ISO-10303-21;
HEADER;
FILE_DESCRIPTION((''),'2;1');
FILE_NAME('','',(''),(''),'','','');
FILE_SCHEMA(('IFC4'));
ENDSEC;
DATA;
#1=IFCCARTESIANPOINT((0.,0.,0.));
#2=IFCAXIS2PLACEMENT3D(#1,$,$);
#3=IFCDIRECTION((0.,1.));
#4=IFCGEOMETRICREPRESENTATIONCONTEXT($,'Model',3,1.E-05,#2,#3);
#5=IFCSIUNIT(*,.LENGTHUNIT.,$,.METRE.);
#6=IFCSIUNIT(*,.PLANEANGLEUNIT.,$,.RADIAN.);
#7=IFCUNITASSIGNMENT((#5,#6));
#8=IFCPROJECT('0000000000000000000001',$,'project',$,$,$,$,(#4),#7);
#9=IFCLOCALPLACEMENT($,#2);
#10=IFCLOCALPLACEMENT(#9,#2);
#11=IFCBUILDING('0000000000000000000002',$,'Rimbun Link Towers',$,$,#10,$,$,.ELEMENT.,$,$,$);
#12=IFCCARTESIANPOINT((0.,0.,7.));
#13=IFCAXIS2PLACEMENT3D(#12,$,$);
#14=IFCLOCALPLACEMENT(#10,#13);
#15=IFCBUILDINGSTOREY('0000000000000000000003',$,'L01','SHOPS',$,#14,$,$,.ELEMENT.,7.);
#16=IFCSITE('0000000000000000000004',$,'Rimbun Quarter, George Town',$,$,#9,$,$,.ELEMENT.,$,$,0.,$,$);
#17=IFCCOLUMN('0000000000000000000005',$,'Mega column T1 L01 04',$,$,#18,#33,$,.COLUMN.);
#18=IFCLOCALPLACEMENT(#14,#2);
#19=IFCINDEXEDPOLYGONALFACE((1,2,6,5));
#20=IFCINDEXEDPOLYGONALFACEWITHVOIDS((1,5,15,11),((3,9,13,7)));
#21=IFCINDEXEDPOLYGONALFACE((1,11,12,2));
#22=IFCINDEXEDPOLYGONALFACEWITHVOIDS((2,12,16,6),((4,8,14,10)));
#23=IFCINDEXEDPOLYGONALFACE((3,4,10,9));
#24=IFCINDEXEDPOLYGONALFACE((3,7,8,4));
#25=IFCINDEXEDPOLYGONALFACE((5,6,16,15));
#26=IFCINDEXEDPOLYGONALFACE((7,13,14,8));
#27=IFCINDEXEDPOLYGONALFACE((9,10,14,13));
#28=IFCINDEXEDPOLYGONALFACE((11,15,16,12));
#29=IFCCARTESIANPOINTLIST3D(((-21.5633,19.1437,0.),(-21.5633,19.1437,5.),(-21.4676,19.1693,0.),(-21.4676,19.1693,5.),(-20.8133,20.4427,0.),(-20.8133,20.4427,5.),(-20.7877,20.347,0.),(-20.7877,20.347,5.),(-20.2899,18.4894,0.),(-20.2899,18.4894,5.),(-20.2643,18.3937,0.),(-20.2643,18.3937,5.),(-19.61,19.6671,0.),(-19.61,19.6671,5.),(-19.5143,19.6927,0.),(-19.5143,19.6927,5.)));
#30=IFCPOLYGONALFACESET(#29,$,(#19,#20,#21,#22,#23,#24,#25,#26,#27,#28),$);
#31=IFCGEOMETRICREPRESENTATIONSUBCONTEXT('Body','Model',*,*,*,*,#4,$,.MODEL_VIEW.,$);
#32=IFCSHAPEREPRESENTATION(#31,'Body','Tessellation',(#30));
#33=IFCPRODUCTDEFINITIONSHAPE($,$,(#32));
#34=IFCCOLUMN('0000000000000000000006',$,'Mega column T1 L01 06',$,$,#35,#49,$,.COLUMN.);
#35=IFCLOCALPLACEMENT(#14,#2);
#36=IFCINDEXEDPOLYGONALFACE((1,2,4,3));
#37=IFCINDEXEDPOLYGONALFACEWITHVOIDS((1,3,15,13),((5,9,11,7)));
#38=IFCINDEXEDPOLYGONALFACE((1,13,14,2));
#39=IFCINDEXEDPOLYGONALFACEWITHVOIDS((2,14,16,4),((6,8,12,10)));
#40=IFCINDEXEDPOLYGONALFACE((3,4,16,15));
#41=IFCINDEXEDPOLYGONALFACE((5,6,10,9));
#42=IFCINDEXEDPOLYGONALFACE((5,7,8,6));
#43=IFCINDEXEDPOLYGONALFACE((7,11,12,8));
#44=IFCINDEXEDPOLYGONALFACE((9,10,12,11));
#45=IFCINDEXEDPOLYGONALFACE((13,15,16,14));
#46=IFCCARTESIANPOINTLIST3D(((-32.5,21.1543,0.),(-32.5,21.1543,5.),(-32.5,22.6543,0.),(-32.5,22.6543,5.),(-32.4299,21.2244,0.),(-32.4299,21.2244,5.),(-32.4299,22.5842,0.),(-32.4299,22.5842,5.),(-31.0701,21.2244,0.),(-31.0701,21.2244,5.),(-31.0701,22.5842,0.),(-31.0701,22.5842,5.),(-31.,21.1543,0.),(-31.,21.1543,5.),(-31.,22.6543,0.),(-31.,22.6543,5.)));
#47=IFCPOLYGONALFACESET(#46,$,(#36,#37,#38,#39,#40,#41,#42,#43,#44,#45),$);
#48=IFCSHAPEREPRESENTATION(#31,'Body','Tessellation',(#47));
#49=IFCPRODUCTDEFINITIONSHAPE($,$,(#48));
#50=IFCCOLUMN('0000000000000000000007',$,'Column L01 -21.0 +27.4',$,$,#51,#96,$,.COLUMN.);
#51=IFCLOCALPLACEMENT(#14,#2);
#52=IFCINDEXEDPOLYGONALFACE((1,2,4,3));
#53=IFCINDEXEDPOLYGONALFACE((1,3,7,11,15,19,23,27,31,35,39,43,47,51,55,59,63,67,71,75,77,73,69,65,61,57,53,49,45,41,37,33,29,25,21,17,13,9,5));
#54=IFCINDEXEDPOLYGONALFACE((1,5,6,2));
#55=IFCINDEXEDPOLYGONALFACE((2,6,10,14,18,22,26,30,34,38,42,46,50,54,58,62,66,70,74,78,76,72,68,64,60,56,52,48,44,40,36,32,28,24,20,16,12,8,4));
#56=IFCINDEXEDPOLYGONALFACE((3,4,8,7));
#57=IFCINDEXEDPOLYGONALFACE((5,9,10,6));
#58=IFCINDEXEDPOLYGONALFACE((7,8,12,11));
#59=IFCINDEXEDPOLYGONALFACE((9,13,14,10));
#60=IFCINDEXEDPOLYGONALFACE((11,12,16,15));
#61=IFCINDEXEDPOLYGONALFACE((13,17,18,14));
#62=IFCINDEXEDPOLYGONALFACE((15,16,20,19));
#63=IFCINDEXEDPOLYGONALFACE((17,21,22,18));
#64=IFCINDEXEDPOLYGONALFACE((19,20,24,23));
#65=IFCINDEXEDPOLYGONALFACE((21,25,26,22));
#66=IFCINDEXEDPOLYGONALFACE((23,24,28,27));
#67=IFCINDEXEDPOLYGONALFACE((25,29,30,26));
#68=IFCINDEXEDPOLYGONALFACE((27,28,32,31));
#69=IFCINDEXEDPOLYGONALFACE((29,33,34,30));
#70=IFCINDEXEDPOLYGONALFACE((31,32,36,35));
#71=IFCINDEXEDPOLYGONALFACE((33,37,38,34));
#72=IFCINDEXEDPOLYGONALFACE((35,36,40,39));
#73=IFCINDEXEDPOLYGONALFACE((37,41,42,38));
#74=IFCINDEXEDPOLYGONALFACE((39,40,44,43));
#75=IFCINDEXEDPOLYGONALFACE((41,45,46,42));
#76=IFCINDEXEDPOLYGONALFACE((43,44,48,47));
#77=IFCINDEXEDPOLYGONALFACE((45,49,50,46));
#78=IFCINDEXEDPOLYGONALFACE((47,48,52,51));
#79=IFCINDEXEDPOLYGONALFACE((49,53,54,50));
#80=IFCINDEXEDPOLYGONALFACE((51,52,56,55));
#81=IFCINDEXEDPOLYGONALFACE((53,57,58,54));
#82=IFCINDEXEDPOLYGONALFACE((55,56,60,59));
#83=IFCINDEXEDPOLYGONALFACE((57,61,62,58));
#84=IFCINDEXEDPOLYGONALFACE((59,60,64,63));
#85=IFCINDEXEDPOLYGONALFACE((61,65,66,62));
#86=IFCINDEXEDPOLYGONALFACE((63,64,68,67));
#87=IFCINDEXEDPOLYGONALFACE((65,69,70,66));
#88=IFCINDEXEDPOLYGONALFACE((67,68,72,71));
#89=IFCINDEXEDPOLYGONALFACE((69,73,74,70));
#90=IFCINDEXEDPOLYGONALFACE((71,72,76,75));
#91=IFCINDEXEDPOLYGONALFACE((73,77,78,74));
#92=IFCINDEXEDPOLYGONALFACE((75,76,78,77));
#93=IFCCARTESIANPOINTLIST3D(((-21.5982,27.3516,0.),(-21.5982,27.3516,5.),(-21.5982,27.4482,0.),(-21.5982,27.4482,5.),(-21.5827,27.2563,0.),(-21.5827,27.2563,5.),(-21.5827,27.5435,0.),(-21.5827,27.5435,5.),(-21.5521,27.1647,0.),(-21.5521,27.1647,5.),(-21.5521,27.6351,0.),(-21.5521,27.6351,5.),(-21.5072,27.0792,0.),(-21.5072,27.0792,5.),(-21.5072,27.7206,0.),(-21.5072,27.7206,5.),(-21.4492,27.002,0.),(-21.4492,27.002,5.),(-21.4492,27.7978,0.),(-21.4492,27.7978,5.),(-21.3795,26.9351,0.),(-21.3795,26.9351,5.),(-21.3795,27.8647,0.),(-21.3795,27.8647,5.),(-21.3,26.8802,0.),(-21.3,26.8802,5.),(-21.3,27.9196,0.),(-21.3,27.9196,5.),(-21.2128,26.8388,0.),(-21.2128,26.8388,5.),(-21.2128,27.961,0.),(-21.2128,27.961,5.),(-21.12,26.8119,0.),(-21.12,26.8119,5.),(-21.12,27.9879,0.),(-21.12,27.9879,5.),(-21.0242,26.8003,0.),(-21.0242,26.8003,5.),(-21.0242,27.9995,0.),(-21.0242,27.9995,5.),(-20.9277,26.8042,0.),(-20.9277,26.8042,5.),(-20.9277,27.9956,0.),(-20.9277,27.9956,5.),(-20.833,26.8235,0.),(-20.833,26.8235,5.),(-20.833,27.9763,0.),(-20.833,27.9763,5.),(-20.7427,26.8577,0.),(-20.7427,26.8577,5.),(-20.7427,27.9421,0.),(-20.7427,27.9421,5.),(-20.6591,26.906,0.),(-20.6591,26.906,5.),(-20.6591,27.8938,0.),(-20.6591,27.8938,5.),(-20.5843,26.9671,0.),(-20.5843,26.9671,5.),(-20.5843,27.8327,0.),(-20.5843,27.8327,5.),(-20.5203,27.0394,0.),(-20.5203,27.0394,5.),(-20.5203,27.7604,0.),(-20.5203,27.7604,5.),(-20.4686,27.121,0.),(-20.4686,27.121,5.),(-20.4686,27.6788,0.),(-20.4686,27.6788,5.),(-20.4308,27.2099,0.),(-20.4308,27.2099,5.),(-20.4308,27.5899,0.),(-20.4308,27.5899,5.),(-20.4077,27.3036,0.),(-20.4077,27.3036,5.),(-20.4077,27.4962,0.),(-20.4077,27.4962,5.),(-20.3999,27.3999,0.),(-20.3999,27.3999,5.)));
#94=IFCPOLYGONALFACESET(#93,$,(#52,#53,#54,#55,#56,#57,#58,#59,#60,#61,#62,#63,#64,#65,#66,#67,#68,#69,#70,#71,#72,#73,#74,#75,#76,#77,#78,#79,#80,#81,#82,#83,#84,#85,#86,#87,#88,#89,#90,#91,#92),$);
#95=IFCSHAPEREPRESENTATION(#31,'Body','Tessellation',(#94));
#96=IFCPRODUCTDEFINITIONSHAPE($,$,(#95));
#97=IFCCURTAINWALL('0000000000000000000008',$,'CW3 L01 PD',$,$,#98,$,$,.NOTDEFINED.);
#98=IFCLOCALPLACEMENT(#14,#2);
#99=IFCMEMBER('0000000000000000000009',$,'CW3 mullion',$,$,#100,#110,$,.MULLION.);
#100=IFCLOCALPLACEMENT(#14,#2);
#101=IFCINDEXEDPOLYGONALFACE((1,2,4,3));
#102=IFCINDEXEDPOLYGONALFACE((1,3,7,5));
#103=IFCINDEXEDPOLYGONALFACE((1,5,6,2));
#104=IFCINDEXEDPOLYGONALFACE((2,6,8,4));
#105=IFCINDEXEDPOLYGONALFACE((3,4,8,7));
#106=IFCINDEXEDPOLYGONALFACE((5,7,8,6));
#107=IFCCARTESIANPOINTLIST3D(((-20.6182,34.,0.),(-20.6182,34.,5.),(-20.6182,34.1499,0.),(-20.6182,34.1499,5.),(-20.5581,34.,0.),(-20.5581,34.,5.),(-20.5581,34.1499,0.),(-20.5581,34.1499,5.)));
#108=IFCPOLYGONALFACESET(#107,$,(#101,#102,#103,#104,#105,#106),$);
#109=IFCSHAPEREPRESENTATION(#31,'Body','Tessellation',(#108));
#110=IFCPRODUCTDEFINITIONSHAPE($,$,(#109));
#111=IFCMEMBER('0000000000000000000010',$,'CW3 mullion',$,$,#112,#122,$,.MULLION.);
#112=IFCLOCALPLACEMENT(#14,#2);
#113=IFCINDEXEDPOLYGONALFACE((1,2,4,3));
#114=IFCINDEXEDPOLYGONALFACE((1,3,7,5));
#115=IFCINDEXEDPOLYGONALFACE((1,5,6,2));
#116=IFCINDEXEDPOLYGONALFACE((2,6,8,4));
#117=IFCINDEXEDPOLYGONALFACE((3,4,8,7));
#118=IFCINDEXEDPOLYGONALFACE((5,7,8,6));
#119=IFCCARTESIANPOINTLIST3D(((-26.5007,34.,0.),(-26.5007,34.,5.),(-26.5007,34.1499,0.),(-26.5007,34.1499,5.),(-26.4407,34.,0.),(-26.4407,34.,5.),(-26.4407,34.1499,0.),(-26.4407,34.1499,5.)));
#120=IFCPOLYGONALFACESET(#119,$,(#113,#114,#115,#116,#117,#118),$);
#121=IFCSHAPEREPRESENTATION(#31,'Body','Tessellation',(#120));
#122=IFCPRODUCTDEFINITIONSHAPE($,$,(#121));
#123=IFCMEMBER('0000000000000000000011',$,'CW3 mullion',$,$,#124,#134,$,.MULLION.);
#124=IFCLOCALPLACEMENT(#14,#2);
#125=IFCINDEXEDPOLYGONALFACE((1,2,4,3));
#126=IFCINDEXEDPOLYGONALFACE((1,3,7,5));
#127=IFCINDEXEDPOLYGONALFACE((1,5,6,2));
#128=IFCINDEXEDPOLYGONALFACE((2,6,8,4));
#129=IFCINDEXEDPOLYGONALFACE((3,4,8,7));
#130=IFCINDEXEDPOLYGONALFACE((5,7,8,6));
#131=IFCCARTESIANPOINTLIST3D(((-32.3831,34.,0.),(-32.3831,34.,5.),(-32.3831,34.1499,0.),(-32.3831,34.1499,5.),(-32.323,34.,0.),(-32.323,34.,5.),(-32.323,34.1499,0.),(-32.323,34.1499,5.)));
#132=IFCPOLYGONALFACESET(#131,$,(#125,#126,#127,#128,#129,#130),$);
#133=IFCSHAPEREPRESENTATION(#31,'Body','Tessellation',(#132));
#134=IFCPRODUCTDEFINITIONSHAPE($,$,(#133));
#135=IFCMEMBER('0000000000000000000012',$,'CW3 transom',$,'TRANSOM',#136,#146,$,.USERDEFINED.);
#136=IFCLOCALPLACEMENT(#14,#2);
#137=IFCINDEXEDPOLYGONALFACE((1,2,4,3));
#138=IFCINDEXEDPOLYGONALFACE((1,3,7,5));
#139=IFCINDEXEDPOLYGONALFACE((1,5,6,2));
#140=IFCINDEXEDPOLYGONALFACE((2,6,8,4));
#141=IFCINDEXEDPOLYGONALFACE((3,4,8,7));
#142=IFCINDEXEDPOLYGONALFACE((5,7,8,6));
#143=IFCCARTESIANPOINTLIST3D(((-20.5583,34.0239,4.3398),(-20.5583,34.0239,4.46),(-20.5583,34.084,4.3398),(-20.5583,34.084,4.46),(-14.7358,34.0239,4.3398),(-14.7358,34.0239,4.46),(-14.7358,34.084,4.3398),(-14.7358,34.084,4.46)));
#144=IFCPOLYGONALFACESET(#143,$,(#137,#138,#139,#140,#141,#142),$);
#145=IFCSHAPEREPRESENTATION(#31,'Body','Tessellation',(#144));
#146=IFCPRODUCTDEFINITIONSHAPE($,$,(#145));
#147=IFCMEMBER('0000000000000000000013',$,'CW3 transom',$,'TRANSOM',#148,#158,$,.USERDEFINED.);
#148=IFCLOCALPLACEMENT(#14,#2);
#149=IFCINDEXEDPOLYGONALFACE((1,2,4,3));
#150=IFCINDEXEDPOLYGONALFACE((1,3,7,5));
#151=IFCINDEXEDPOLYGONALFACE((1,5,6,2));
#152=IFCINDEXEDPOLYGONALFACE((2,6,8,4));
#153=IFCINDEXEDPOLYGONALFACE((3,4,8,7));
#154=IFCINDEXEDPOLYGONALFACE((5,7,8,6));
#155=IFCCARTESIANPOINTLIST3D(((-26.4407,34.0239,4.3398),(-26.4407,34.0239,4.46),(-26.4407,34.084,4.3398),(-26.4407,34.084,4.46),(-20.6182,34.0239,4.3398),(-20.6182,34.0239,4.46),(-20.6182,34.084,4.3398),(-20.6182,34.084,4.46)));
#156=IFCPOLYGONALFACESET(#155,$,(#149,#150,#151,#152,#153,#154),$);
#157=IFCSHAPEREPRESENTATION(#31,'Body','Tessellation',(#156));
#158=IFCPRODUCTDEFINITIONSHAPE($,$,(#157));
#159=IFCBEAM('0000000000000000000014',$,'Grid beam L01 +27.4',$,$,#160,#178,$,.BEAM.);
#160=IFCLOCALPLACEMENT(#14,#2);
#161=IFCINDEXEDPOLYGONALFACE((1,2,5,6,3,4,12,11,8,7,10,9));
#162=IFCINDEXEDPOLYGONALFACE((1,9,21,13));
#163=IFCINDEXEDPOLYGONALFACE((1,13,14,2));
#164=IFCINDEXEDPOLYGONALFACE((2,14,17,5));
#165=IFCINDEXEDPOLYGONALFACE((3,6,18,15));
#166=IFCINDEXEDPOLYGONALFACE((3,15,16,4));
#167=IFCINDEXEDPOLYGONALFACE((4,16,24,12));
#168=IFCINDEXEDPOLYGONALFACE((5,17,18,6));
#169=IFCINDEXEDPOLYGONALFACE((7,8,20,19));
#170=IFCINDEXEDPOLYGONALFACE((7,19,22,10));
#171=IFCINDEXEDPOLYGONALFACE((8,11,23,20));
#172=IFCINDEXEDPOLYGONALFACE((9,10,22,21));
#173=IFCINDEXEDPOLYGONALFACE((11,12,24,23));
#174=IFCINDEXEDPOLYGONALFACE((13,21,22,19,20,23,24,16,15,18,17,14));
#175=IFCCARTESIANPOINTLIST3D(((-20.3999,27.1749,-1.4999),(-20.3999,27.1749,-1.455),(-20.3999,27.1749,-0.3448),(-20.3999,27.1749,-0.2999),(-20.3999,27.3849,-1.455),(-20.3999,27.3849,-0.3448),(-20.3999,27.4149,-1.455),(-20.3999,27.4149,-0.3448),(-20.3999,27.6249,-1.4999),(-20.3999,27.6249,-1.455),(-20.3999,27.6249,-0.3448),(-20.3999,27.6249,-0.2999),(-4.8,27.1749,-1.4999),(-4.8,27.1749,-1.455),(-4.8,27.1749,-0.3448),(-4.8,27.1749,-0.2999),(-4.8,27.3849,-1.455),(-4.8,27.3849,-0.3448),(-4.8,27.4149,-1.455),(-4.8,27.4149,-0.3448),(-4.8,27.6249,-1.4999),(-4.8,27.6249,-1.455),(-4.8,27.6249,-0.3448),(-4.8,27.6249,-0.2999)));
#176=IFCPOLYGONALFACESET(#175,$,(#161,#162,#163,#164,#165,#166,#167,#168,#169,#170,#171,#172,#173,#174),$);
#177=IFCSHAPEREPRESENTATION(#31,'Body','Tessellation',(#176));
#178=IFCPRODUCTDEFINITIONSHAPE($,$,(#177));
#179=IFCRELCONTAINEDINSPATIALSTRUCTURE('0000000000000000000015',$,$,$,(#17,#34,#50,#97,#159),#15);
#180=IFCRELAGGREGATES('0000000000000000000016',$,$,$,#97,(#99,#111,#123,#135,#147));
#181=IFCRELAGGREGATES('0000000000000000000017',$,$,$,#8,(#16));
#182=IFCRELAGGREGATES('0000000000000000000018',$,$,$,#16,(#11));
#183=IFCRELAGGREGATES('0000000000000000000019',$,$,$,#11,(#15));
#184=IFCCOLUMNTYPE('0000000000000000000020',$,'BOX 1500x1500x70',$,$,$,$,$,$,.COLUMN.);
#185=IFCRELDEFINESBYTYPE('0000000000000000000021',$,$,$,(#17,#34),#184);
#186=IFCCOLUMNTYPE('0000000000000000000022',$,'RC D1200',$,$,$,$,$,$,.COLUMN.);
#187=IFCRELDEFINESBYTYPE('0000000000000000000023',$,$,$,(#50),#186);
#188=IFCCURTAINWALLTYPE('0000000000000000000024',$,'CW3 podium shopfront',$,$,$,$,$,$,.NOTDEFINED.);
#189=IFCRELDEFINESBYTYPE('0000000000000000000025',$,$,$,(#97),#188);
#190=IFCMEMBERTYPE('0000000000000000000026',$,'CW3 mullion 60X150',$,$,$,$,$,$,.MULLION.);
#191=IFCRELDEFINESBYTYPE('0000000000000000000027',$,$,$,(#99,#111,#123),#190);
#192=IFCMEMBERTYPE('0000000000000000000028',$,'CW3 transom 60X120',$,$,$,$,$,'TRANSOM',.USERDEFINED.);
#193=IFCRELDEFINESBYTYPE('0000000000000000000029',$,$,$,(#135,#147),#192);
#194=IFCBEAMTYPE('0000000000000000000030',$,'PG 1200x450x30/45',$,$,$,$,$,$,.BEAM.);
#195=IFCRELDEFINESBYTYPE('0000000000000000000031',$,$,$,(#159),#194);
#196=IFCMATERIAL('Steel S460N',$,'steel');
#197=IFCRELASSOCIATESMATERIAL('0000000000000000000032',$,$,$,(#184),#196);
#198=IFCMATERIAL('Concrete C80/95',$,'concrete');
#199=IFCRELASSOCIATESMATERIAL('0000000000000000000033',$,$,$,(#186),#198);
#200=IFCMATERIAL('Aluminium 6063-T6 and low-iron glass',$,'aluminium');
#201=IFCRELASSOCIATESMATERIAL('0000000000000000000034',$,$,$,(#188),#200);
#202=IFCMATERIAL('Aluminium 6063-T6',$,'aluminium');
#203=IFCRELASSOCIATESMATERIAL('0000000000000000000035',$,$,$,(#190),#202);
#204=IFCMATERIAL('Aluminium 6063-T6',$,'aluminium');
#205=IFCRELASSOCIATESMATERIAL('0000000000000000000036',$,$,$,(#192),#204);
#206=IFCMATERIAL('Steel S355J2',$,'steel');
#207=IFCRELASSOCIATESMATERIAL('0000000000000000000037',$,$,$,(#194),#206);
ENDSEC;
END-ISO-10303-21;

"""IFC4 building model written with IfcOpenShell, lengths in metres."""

from ifc_helpers import new_model, si_unit, direction, frame, origin, origin_2d, place, context, subcontext, project, spatial, rectangle, hollow_rectangle, circle, i_section, extrude, material, material_profile, profile_set, type_object, element, aggregate, save


model = new_model("IFC4")

# Units and contexts
model_context = context("Model", 3, precision=1e-05, world=origin(), true_north=direction((0.0, 1.0)))
body_context = subcontext(model_context, "Body", "Model", "MODEL_VIEW")
ifc_project = project(units=[si_unit("LENGTHUNIT", "METRE"), si_unit("PLANEANGLEUNIT", "RADIAN")], contexts=[model_context])

# Site, building, storey
site_placement = place(None, origin())
site = spatial("IfcSite", under=ifc_project, at=site_placement, Name="Rimbun Quarter, George Town", CompositionType="ELEMENT", RefElevation=0.0)
building_placement = place(site_placement, origin())
building = spatial("IfcBuilding", under=site, at=building_placement, Name="Rimbun Link Towers", CompositionType="ELEMENT")
storey_placement = place(building_placement, frame((0.0, 0.0, 7.0)))
storey = spatial("IfcBuildingStorey", under=building, at=storey_placement, Name="L01", Description="SHOPS", CompositionType="ELEMENT", Elevation=7.0)

# Columns
ifc_material_1 = material(Name="Steel S460N", Category="steel")
ifc_material_profile_1 = material_profile(ifc_material_1, hollow_rectangle(XDim=1.5, YDim=1.5, WallThickness=0.0701, at=origin_2d()), Name="BOX 1500x1500x70")
ifc_profile_set_1 = profile_set([ifc_material_profile_1], Name="Steel S460N")
column_type_1 = type_object("IfcColumnType", Name="BOX 1500x1500x70", PredefinedType="COLUMN", material=ifc_profile_set_1)
for number, where, z_axis, x_axis, name in (
    (1, (-20.5388, 19.4182, 0.0), (0.0, 0.0, 1.0), (0.5, 0.866025, 0.0), "Mega column T1 L01 04"),
    (2, (-31.75, 21.9043, 0.0), (0.0, 0.0, 1.0), (0.0, 1.0, 0.0), "Mega column T1 L01 06"),
):
    element("IfcColumn", number, at=place(storey_placement, frame(where, z_axis=z_axis, x_axis=x_axis)), inside=storey, type_object=column_type_1, Name=name, PredefinedType="COLUMN", context=body_context, shape_type="SweptSolid", body=[
        extrude(hollow_rectangle(XDim=1.5, YDim=1.5, WallThickness=0.0701, at=origin_2d()), origin(), (0.0, 0.0, 1.0), 5.0),
    ])
ifc_material_2 = material(Name="Concrete C80/95", Category="concrete")
ifc_material_profile_2 = material_profile(ifc_material_2, circle(Radius=0.6001, at=origin_2d()), Name="RC D1200")
ifc_profile_set_2 = profile_set([ifc_material_profile_2], Name="Concrete C80/95")
column_type_2 = type_object("IfcColumnType", Name="RC D1200", PredefinedType="COLUMN", material=ifc_profile_set_2)
column_placement = place(storey_placement, frame((-21.0, 27.3999, 0.0), z_axis=(0.0, 0.0, 1.0), x_axis=(1.0, 0.0, 0.0)))
element("IfcColumn", 3, at=column_placement, inside=storey, type_object=column_type_2, Name="Column L01 -21.0 +27.4", PredefinedType="COLUMN", context=body_context, shape_type="SweptSolid", body=[
    extrude(circle(Radius=0.6001, at=origin_2d()), origin(), (0.0, 0.0, 1.0), 5.0),
])

# Curtain wall, members
ifc_material_3 = material(Name="Aluminium 6063-T6 and low-iron glass", Category="aluminium")
curtain_wall_type = type_object("IfcCurtainWallType", Name="CW3 podium shopfront", PredefinedType="NOTDEFINED", material=ifc_material_3)
curtain_wall_placement = place(storey_placement, origin())
curtain_wall = element("IfcCurtainWall", 4, at=curtain_wall_placement, inside=storey, type_object=curtain_wall_type, Name="CW3 L01 PD", PredefinedType="NOTDEFINED")
ifc_material_4 = material(Name="Aluminium 6063-T6", Category="aluminium")
ifc_material_profile_3 = material_profile(ifc_material_4, rectangle(XDim=0.1499, YDim=0.0601, at=origin_2d()), Name="MULLION 60X150")
ifc_profile_set_3 = profile_set([ifc_material_profile_3], Name="Aluminium 6063-T6")
member_type_1 = type_object("IfcMemberType", Name="CW3 mullion 60X150", PredefinedType="MULLION", material=ifc_profile_set_3)
member_1_placement = place(storey_placement, frame((-20.5881, 34.075, 0.0), z_axis=(0.0, 0.0, 1.0), x_axis=(0.0, 1.0, 0.0)))
member_1 = element("IfcMember", 5, at=member_1_placement, type_object=member_type_1, Name="CW3 mullion", PredefinedType="MULLION", context=body_context, shape_type="SweptSolid", body=[
    extrude(rectangle(XDim=0.1499, YDim=0.0601, at=origin_2d()), origin(), (0.0, 0.0, 1.0), 5.0),
])
member_2_placement = place(storey_placement, frame((-26.4707, 34.075, 0.0), z_axis=(0.0, 0.0, 1.0), x_axis=(0.0, 1.0, 0.0)))
member_2 = element("IfcMember", 6, at=member_2_placement, type_object=member_type_1, Name="CW3 mullion", PredefinedType="MULLION", context=body_context, shape_type="SweptSolid", body=[
    extrude(rectangle(XDim=0.1499, YDim=0.0601, at=origin_2d()), origin(), (0.0, 0.0, 1.0), 5.0),
])
member_3_placement = place(storey_placement, frame((-32.353, 34.075, 0.0), z_axis=(0.0, 0.0, 1.0), x_axis=(0.0, 1.0, 0.0)))
member_3 = element("IfcMember", 7, at=member_3_placement, type_object=member_type_1, Name="CW3 mullion", PredefinedType="MULLION", context=body_context, shape_type="SweptSolid", body=[
    extrude(rectangle(XDim=0.1499, YDim=0.0601, at=origin_2d()), origin(), (0.0, 0.0, 1.0), 5.0),
])
ifc_material_5 = material(Name="Aluminium 6063-T6", Category="aluminium")
ifc_material_profile_4 = material_profile(ifc_material_5, rectangle(XDim=0.0601, YDim=0.1201, at=origin_2d()), Name="TRANSOM 60X120")
ifc_profile_set_4 = profile_set([ifc_material_profile_4], Name="Aluminium 6063-T6")
member_type_2 = type_object("IfcMemberType", Name="CW3 transom 60X120", ElementType="TRANSOM", PredefinedType="USERDEFINED", material=ifc_profile_set_4)
member_4_placement = place(storey_placement, frame((-20.5583, 34.054, 4.3999), z_axis=(1.0, 0.0, 0.0), x_axis=(0.0, 1.0, 0.0)))
member_4 = element("IfcMember", 8, at=member_4_placement, type_object=member_type_2, Name="CW3 transom", ObjectType="TRANSOM", PredefinedType="USERDEFINED", context=body_context, shape_type="SweptSolid", body=[
    extrude(rectangle(XDim=0.0601, YDim=0.1201, at=origin_2d()), origin(), (0.0, 0.0, 1.0), 5.8225),
])
member_5_placement = place(storey_placement, frame((-26.4407, 34.054, 4.3999), z_axis=(1.0, 0.0, 0.0), x_axis=(0.0, 1.0, 0.0)))
member_5 = element("IfcMember", 9, at=member_5_placement, type_object=member_type_2, Name="CW3 transom", ObjectType="TRANSOM", PredefinedType="USERDEFINED", context=body_context, shape_type="SweptSolid", body=[
    extrude(rectangle(XDim=0.0601, YDim=0.1201, at=origin_2d()), origin(), (0.0, 0.0, 1.0), 5.8225),
])

# Beam
ifc_material_6 = material(Name="Steel S355J2", Category="steel")
ifc_material_profile_5 = material_profile(ifc_material_6, i_section(OverallWidth=0.45, OverallDepth=1.2, WebThickness=0.03, FlangeThickness=0.0449, at=origin_2d()), Name="PG 1200x450x30/45")
ifc_profile_set_5 = profile_set([ifc_material_profile_5], Name="Steel S355J2")
beam_type_1 = type_object("IfcBeamType", Name="PG 1200x450x30/45", PredefinedType="BEAM", material=ifc_profile_set_5)
for number, where, z_axis, x_axis, name in (
    (10, (-20.3999, 27.3999, -0.8999), (1.0, 0.0, 0.0), (0.0, 1.0, 0.0), "Grid beam L01 +27.4"),
):
    element("IfcBeam", number, at=place(storey_placement, frame(where, z_axis=z_axis, x_axis=x_axis)), inside=storey, type_object=beam_type_1, Name=name, PredefinedType="BEAM", context=body_context, shape_type="SweptSolid", body=[
        extrude(i_section(OverallWidth=0.45, OverallDepth=1.2, WebThickness=0.03, FlangeThickness=0.0449, at=origin_2d()), origin(), (0.0, 0.0, 1.0), 15.5999),
    ])

aggregate(curtain_wall, [member_1, member_2, member_3, member_4, member_5])

save(model, "model.ifc")
